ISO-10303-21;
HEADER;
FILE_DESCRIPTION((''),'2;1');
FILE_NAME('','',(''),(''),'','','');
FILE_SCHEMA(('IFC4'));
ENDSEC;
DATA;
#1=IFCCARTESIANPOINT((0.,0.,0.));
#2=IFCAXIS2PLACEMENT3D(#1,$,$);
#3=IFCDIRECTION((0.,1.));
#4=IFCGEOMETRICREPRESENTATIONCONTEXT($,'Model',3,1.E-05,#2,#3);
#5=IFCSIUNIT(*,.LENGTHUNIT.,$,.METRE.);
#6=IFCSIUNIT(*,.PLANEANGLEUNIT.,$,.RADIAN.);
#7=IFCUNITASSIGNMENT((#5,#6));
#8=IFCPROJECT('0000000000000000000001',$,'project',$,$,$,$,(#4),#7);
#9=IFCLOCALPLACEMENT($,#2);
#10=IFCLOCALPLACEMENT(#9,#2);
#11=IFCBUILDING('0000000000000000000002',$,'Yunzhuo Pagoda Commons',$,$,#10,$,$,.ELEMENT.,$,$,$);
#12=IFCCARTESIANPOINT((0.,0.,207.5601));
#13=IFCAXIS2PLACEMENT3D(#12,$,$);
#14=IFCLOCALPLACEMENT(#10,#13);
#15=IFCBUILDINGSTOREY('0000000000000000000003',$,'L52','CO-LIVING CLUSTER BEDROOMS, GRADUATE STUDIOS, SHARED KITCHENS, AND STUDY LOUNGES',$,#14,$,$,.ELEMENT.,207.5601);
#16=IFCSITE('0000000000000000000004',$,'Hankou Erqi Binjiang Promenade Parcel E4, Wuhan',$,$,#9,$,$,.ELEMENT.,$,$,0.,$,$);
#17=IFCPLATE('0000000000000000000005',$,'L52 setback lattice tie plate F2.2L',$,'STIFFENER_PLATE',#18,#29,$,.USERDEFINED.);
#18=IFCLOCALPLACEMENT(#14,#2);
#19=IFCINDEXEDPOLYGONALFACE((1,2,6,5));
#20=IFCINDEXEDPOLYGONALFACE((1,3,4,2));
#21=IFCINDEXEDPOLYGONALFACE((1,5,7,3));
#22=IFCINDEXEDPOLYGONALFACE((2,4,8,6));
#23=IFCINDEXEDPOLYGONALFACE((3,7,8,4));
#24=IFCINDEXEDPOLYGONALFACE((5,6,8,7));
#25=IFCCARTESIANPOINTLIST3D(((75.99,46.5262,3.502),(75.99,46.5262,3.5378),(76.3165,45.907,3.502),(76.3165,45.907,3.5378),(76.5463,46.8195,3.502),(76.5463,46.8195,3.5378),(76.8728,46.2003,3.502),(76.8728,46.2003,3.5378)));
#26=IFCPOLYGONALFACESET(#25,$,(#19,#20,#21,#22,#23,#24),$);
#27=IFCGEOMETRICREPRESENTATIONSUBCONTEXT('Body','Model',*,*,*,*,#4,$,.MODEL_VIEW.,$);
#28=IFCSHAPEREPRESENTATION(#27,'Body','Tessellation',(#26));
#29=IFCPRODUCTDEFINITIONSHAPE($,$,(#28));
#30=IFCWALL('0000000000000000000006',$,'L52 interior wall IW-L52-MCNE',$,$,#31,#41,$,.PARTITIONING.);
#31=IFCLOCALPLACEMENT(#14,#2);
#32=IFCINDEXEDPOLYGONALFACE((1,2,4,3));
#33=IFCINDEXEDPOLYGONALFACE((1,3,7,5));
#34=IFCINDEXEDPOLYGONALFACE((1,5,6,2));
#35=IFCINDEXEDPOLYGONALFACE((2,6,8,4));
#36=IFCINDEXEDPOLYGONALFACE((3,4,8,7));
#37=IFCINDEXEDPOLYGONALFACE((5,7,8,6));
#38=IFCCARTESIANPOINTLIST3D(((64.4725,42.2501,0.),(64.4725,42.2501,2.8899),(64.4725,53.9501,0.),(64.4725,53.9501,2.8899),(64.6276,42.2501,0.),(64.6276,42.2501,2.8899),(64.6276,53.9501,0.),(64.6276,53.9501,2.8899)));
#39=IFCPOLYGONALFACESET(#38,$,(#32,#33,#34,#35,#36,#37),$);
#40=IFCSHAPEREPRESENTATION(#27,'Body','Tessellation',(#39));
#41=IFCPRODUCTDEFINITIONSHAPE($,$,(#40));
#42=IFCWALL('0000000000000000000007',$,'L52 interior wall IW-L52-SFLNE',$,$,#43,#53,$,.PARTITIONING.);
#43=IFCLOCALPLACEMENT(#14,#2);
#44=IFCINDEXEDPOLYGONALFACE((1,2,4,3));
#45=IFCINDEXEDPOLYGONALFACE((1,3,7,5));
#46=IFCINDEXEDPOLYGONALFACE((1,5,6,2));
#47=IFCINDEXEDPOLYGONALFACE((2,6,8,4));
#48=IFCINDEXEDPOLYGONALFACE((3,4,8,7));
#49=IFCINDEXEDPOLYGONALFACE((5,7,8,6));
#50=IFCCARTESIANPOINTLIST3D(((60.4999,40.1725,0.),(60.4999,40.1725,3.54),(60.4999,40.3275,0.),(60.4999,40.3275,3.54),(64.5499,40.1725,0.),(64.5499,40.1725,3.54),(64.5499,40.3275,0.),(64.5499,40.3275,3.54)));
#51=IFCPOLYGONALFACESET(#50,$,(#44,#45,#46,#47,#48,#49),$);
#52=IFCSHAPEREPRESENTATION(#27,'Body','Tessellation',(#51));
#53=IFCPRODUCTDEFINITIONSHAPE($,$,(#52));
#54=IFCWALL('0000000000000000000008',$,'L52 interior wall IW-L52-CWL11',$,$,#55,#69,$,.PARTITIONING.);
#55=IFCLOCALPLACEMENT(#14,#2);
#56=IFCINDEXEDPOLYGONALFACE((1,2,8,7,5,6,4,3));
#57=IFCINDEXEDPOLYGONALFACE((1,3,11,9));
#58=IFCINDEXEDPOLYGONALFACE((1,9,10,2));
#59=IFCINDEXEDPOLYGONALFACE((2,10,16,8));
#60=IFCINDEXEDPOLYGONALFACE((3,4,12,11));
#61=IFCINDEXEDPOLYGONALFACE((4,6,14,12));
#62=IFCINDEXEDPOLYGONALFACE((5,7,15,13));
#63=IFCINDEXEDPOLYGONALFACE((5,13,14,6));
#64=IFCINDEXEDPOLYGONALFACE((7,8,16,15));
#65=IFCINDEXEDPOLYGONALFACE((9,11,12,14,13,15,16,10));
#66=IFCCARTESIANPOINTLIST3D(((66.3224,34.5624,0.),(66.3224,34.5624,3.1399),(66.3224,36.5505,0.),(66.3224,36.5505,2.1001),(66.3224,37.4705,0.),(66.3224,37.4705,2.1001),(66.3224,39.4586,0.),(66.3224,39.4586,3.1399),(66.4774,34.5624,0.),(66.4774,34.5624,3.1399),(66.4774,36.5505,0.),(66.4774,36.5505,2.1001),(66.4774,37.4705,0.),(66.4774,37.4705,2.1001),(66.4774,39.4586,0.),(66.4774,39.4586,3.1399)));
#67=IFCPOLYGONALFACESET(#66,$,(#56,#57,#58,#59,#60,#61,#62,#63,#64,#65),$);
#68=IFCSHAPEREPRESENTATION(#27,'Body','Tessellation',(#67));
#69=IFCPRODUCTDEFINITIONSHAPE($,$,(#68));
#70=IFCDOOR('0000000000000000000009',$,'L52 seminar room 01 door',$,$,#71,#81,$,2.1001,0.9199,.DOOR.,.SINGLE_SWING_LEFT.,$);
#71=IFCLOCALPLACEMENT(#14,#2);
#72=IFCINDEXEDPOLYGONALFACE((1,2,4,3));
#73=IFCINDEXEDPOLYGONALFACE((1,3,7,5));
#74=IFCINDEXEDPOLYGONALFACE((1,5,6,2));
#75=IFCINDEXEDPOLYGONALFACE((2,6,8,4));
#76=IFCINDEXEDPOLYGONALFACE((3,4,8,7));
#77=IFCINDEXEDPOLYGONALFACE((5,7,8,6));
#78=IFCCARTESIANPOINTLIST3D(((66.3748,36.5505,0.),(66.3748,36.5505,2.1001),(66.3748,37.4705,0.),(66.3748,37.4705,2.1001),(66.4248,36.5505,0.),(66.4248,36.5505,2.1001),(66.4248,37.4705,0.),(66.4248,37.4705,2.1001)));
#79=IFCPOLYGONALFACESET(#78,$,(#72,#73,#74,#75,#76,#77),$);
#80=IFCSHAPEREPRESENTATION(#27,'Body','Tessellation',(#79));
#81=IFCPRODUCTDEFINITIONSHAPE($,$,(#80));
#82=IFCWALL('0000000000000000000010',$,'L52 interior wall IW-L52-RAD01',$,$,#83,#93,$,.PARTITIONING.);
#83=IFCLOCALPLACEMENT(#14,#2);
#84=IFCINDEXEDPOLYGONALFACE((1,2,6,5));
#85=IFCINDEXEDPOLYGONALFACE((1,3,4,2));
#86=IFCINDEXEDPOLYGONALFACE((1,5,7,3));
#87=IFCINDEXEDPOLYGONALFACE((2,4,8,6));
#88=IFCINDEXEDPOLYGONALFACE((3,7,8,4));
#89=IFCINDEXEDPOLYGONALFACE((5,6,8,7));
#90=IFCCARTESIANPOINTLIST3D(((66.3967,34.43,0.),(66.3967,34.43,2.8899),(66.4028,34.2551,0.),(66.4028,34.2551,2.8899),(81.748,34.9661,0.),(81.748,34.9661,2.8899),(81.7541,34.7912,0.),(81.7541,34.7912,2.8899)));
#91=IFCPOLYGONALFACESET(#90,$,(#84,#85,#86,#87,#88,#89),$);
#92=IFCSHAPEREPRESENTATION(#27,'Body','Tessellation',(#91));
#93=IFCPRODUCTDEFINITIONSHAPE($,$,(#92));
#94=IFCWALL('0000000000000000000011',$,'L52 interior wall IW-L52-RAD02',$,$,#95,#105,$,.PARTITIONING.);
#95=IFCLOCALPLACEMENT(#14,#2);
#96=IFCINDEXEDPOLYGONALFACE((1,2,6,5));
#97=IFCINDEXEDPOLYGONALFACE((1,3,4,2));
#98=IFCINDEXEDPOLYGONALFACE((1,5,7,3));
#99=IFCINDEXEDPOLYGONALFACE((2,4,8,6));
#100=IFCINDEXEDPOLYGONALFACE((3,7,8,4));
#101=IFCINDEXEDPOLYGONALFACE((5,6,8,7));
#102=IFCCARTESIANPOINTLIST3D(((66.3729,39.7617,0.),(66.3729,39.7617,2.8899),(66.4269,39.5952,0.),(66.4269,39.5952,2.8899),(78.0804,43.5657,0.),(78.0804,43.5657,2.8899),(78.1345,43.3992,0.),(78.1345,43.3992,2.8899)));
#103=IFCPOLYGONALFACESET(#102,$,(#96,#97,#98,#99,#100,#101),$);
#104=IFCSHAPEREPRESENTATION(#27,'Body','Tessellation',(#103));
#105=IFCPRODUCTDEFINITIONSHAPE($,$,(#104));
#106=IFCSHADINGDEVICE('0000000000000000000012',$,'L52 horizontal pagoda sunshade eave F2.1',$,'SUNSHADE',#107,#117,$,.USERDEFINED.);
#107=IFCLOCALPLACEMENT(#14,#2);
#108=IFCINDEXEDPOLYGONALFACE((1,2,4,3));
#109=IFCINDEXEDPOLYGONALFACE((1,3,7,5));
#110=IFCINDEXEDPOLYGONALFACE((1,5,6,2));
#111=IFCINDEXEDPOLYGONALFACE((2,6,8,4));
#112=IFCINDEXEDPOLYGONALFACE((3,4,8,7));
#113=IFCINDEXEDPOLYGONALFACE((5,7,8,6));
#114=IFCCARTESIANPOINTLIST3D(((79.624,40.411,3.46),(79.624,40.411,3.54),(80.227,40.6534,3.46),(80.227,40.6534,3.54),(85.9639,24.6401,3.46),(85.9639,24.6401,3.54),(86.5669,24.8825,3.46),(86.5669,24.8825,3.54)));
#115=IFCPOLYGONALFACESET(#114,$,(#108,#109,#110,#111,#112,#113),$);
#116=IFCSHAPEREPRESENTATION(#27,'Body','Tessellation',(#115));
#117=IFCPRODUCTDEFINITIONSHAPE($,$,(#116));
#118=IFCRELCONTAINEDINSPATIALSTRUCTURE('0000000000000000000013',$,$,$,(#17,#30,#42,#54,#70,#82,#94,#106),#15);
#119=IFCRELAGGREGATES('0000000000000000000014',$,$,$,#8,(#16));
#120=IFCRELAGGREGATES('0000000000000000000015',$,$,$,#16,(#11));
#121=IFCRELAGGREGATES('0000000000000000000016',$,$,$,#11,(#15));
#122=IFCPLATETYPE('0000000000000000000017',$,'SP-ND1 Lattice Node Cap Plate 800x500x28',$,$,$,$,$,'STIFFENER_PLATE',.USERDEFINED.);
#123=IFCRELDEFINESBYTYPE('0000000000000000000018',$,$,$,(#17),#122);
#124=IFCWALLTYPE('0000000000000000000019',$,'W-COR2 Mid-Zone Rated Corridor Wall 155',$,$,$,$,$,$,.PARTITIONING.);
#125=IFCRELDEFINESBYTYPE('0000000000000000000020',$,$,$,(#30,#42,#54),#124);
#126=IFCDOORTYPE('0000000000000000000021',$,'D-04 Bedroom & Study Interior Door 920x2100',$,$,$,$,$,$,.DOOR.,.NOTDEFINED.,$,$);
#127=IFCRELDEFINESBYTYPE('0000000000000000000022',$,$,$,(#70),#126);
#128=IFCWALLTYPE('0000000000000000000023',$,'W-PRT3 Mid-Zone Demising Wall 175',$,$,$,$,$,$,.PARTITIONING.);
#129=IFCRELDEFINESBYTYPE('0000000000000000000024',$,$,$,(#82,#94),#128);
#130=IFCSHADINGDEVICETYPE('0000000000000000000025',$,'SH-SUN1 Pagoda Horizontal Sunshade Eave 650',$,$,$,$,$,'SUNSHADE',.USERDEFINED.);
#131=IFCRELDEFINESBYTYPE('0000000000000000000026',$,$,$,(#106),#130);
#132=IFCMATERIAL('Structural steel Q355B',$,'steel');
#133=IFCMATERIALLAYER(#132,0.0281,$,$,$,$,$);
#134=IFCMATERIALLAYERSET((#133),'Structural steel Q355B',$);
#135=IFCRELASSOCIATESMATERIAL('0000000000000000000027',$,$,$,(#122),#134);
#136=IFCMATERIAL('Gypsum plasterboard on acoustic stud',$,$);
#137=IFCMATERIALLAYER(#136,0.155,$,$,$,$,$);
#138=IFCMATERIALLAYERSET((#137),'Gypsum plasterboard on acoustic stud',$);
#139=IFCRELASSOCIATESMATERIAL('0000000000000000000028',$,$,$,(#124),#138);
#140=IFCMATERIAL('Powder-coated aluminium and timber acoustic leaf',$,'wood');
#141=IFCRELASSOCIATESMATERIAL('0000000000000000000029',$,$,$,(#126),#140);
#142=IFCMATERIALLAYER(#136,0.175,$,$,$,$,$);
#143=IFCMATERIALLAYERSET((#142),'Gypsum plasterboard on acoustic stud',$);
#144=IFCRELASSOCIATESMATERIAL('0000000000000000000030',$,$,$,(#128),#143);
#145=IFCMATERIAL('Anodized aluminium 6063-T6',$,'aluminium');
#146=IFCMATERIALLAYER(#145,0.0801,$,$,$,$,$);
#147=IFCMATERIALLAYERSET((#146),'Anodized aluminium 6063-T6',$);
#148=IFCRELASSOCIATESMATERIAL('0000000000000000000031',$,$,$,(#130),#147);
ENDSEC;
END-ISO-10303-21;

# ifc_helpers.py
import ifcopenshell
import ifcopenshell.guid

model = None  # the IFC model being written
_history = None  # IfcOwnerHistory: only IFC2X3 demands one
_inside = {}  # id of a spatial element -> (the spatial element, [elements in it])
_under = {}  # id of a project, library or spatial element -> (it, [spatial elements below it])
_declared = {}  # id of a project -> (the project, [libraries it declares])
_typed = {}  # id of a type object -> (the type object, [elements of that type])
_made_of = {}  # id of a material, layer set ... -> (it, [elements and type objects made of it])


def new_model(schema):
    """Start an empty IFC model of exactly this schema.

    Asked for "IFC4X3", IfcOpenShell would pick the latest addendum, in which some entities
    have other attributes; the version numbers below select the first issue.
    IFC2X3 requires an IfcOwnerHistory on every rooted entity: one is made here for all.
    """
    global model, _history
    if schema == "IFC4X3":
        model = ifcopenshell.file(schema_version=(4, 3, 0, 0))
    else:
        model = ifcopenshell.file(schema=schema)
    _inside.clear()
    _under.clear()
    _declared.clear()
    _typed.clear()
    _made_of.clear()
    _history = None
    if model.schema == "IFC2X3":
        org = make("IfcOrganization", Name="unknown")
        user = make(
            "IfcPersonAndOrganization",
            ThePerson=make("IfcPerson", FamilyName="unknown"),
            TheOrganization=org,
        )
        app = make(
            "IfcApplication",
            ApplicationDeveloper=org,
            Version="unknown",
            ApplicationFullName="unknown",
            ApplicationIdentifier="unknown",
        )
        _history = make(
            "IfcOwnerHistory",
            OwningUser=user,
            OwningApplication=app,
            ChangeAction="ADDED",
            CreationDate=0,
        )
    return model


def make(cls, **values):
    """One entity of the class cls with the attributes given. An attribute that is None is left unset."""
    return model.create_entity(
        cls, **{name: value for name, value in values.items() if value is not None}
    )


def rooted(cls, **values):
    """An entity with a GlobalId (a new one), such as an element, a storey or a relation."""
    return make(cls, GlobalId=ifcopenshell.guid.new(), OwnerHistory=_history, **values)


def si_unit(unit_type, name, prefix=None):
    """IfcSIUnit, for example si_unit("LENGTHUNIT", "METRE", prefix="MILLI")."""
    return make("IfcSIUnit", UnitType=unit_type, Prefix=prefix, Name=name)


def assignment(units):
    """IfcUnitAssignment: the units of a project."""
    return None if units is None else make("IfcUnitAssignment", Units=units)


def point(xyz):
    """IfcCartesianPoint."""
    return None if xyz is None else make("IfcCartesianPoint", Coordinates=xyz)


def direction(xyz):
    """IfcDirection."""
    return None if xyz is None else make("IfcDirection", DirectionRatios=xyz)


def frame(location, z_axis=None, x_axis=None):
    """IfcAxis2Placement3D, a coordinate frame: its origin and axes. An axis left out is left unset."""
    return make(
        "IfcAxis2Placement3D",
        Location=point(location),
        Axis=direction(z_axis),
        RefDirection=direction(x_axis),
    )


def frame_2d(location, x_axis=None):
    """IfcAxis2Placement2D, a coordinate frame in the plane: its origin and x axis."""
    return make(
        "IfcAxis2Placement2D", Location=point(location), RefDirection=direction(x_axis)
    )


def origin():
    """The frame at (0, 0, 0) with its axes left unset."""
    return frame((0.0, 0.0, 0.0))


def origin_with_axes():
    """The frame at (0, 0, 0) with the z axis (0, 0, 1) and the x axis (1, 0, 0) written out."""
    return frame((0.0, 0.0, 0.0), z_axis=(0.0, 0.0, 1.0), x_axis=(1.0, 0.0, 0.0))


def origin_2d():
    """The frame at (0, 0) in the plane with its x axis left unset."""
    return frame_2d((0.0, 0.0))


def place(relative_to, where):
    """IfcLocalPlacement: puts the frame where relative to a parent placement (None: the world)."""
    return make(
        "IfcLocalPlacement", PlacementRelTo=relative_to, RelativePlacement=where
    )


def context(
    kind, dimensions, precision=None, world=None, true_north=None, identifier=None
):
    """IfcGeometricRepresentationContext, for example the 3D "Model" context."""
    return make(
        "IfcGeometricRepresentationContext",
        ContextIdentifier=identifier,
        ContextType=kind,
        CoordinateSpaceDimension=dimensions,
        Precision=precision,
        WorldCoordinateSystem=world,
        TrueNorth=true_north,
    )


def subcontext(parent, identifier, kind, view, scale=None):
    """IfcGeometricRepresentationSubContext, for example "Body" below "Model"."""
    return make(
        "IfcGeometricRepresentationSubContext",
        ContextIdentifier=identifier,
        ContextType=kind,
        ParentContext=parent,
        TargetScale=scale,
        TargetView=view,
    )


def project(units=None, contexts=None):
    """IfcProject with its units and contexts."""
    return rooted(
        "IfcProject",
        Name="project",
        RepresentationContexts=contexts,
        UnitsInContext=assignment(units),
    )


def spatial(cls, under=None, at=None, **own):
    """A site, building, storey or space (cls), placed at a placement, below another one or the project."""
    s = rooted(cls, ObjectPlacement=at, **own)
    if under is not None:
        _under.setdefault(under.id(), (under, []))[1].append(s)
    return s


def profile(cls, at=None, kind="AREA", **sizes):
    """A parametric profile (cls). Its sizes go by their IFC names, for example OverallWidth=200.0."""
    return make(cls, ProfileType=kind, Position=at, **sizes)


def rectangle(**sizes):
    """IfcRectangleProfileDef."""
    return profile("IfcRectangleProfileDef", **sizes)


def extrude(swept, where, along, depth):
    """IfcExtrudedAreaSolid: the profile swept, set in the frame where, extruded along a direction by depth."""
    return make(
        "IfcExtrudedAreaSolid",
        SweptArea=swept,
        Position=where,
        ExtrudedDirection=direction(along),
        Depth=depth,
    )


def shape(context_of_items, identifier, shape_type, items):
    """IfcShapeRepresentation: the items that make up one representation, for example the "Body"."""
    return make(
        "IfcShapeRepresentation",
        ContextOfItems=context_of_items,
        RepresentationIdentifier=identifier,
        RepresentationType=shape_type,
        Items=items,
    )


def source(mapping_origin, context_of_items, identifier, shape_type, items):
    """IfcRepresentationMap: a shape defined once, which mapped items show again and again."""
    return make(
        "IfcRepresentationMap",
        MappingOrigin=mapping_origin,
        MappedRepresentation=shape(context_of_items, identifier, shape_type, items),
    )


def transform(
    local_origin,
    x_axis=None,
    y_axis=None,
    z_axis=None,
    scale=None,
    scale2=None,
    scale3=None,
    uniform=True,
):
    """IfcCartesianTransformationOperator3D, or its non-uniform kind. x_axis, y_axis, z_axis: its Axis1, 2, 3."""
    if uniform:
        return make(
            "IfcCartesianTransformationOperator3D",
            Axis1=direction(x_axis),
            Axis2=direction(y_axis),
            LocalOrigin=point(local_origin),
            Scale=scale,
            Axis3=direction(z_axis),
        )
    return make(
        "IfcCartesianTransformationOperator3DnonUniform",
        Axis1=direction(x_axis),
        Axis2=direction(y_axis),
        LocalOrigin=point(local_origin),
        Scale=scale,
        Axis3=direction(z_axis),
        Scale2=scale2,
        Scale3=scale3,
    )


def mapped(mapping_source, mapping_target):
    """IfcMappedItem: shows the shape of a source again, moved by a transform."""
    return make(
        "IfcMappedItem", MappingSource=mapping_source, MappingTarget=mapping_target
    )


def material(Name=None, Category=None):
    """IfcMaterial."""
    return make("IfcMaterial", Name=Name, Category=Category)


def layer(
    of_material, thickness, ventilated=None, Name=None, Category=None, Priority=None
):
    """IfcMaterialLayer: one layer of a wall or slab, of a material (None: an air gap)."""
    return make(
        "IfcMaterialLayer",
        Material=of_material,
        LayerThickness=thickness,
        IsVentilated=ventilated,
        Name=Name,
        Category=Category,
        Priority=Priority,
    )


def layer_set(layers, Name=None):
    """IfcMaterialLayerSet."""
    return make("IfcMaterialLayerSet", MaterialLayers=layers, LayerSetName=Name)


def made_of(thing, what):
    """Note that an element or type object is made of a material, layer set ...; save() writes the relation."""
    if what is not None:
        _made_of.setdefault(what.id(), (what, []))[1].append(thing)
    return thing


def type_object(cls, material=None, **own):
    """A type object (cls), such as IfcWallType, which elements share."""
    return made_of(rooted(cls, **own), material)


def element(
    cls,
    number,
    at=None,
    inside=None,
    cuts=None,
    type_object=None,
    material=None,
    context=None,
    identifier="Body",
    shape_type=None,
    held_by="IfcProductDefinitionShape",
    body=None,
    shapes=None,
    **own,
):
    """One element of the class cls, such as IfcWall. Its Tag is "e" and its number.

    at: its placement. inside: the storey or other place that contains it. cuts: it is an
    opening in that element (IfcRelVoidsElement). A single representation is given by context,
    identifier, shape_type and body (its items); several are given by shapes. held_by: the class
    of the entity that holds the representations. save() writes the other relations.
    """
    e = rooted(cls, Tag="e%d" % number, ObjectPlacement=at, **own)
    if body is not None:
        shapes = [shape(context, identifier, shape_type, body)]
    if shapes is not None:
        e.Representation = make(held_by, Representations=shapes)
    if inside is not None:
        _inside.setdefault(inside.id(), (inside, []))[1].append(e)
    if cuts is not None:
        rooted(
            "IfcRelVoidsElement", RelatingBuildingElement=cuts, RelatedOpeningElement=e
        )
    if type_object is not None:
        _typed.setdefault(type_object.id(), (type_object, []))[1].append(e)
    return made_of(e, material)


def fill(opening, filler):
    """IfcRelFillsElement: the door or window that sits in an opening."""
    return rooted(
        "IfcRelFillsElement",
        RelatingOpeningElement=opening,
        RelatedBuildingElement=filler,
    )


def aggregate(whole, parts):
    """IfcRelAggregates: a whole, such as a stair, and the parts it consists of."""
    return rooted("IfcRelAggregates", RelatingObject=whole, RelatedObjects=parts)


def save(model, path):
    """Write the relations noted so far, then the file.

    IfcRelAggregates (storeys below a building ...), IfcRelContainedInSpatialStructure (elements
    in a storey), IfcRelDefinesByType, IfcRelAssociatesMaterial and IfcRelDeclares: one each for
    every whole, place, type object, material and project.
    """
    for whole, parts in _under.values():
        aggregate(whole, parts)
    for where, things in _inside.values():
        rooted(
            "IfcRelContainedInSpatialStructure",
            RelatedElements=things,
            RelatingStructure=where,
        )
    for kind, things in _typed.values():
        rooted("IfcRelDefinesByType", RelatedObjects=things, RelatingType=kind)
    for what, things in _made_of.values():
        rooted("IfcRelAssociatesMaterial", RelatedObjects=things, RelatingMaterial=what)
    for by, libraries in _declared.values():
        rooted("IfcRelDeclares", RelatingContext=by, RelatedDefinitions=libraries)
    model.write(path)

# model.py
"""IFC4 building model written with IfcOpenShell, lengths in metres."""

from ifc_helpers import new_model, si_unit, direction, frame, frame_2d, origin, origin_with_axes, origin_2d, place, context, subcontext, project, spatial, rectangle, extrude, source, transform, mapped, material, layer, layer_set, type_object, element, fill, save


model = new_model("IFC4")

# Units and contexts
model_context = context("Model", 3, precision=1e-05, world=origin(), true_north=direction((0.0, 1.0)))
body_context = subcontext(model_context, "Body", "Model", "MODEL_VIEW")
ifc_project = project(units=[si_unit("LENGTHUNIT", "METRE"), si_unit("PLANEANGLEUNIT", "RADIAN")], contexts=[model_context])

# Site, building, storey
site_placement = place(None, origin())
site = spatial("IfcSite", under=ifc_project, at=site_placement, Name="Hankou Erqi Binjiang Promenade Parcel E4, Wuhan", CompositionType="ELEMENT", RefElevation=0.0)
building_placement = place(site_placement, origin())
building = spatial("IfcBuilding", under=site, at=building_placement, Name="Yunzhuo Pagoda Commons", CompositionType="ELEMENT")
storey_placement = place(building_placement, frame((0.0, 0.0, 207.5601)))
storey = spatial("IfcBuildingStorey", under=building, at=storey_placement, Name="L52", Description="CO-LIVING CLUSTER BEDROOMS, GRADUATE STUDIOS, SHARED KITCHENS, AND STUDY LOUNGES", CompositionType="ELEMENT", Elevation=207.5601)

# Shared definitions
ifc_material_1 = material(Name="Structural steel Q355B", Category="steel")

# Shared definitions
ifc_material_2 = material(Name="Anodized aluminium 6063-T6", Category="aluminium")

# Plate
ifc_layer_1 = layer(ifc_material_1, 0.0281)
ifc_layer_set_1 = layer_set([ifc_layer_1], Name="Structural steel Q355B")
plate_type_1 = type_object("IfcPlateType", Name="SP-ND1 Lattice Node Cap Plate 800x500x28", ElementType="STIFFENER_PLATE", PredefinedType="USERDEFINED", material=ifc_layer_set_1)
shared_shape_1 = source(origin(), body_context, "Body", "SweptSolid", [
    extrude(rectangle(XDim=0.7, YDim=0.6289, at=origin_2d()), origin(), (0.0, 0.0, 1.0), 0.0359),
])
plate_1_placement = place(storey_placement, frame((76.4314, 46.3633, 3.502), z_axis=(0.0, 0.0, 1.0), x_axis=(-0.466371, 0.884589, 0.0)))
element("IfcPlate", 1, at=plate_1_placement, inside=storey, type_object=plate_type_1, Name="L52 setback lattice tie plate F2.2L", ObjectType="STIFFENER_PLATE", PredefinedType="USERDEFINED", context=body_context, shape_type="MappedRepresentation", body=[
    mapped(shared_shape_1, transform((0.0, 0.0, 0.0), scale=1.0)),
])

# Walls
ifc_material_3 = material(Name="Gypsum plasterboard on acoustic stud")
ifc_layer_2 = layer(ifc_material_3, 0.155)
ifc_layer_set_2 = layer_set([ifc_layer_2], Name="Gypsum plasterboard on acoustic stud")
wall_type_1 = type_object("IfcWallType", Name="W-COR2 Mid-Zone Rated Corridor Wall 155", PredefinedType="PARTITIONING", material=ifc_layer_set_2)
wall_1_placement = place(storey_placement, frame((64.55, 42.25, 0.0), z_axis=(0.0, 0.0, 1.0), x_axis=(0.0, 1.0, 0.0)))
element("IfcWall", 2, at=wall_1_placement, inside=storey, type_object=wall_type_1, Name="L52 interior wall IW-L52-MCNE", PredefinedType="PARTITIONING", context=body_context, shape_type="SweptSolid", body=[
    extrude(rectangle(XDim=11.7, YDim=0.155, at=frame_2d((5.8501, 0.0))), origin(), (0.0, 0.0, 1.0), 2.8899),
])
wall_2_placement = place(storey_placement, frame((60.5, 40.25, 0.0), z_axis=(0.0, 0.0, 1.0), x_axis=(1.0, 0.0, 0.0)))
element("IfcWall", 3, at=wall_2_placement, inside=storey, type_object=wall_type_1, Name="L52 interior wall IW-L52-SFLNE", PredefinedType="PARTITIONING", context=body_context, shape_type="SweptSolid", body=[
    extrude(rectangle(XDim=4.05, YDim=0.155, at=frame_2d((2.0249, 0.0))), origin(), (0.0, 0.0, 1.0), 3.54),
])

# Wall, opening, door
wall_3_placement = place(storey_placement, frame((66.3999, 39.4587, 0.0), z_axis=(0.0, 0.0, 1.0), x_axis=(0.0, -1.0, 0.0)))
wall_3 = element("IfcWall", 4, at=wall_3_placement, inside=storey, type_object=wall_type_1, Name="L52 interior wall IW-L52-CWL11", PredefinedType="PARTITIONING", context=body_context, shape_type="SweptSolid", body=[
    extrude(rectangle(XDim=4.8962, YDim=0.155, at=frame_2d((2.4482, 0.0))), origin(), (0.0, 0.0, 1.0), 3.1399),
])
opening_1_placement = place(wall_3_placement, frame((1.9883, 0.0, 0.0)))
opening_1 = element("IfcOpeningElement", 5, at=opening_1_placement, cuts=wall_3, PredefinedType="OPENING", context=body_context, shape_type="SweptSolid", body=[
    extrude(rectangle(XDim=0.9199, YDim=2.1001, at=frame_2d((0.46, 1.05))), frame((0.0, 0.0874, 0.0), z_axis=(0.0, -1.0, 0.0), x_axis=(1.0, 0.0, 0.0)), (0.0, 0.0, 1.0), 0.175),
])
ifc_material_4 = material(Name="Powder-coated aluminium and timber acoustic leaf", Category="wood")
door_type_1 = type_object("IfcDoorType", Name="D-04 Bedroom & Study Interior Door 920x2100", OperationType="NOTDEFINED", PredefinedType="DOOR", material=ifc_material_4)
shared_shape_2 = source(origin(), body_context, "Body", "SweptSolid", [
    extrude(rectangle(XDim=0.9199, YDim=2.1001, at=frame_2d((0.46, 1.05))), frame((0.0, 0.0249, 0.0), z_axis=(0.0, -1.0, 0.0), x_axis=(1.0, 0.0, 0.0)), (0.0, 0.0, 1.0), 0.05),
])
door_1_placement = place(opening_1_placement, origin_with_axes())
door_1 = element("IfcDoor", 6, at=door_1_placement, inside=storey, type_object=door_type_1, Name="L52 seminar room 01 door", OperationType="SINGLE_SWING_LEFT", OverallHeight=2.1001, OverallWidth=0.9199, PredefinedType="DOOR", context=body_context, shape_type="MappedRepresentation", body=[
    mapped(shared_shape_2, transform((0.0, 0.0, 0.0), scale=1.0)),
])
fill(opening_1, door_1)

# Walls
ifc_layer_3 = layer(ifc_material_3, 0.175)
ifc_layer_set_3 = layer_set([ifc_layer_3], Name="Gypsum plasterboard on acoustic stud")
wall_type_2 = type_object("IfcWallType", Name="W-PRT3 Mid-Zone Demising Wall 175", PredefinedType="PARTITIONING", material=ifc_layer_set_3)
wall_4_placement = place(storey_placement, frame((66.3999, 34.3425, 0.0), z_axis=(0.0, 0.0, 1.0), x_axis=(0.999391, 0.034903, 0.0)))
element("IfcWall", 7, at=wall_4_placement, inside=storey, type_object=wall_type_2, Name="L52 interior wall IW-L52-RAD01", PredefinedType="PARTITIONING", context=body_context, shape_type="SweptSolid", body=[
    extrude(rectangle(XDim=15.3606, YDim=0.175, at=frame_2d((7.6802, 0.0))), origin(), (0.0, 0.0, 1.0), 2.8899),
])
wall_5_placement = place(storey_placement, frame((66.3999, 39.6785, 0.0), z_axis=(0.0, 0.0, 1.0), x_axis=(0.951058, 0.309013, 0.0)))
element("IfcWall", 8, at=wall_5_placement, inside=storey, type_object=wall_type_2, Name="L52 interior wall IW-L52-RAD02", PredefinedType="PARTITIONING", context=body_context, shape_type="SweptSolid", body=[
    extrude(rectangle(XDim=12.3101, YDim=0.175, at=frame_2d((6.155, 0.0))), origin(), (0.0, 0.0, 1.0), 2.8899),
])

# Shading device
ifc_layer_4 = layer(ifc_material_2, 0.0801)
ifc_layer_set_4 = layer_set([ifc_layer_4], Name="Anodized aluminium 6063-T6")
shading_device_type = type_object("IfcShadingDeviceType", Name="SH-SUN1 Pagoda Horizontal Sunshade Eave 650", ElementType="SUNSHADE", PredefinedType="USERDEFINED", material=ifc_layer_set_4)
shared_shape_3 = source(origin(), body_context, "Body", "SweptSolid", [
    extrude(rectangle(XDim=16.9976, YDim=0.6499, at=origin_2d()), origin(), (0.0, 0.0, 1.0), 0.0801),
])
shading_device_placement = place(storey_placement, frame((83.0955, 32.6467, 3.46), z_axis=(0.0, 0.0, 1.0), x_axis=(-0.372988, 0.927836, 0.0)))
element("IfcShadingDevice", 9, at=shading_device_placement, inside=storey, type_object=shading_device_type, Name="L52 horizontal pagoda sunshade eave F2.1", ObjectType="SUNSHADE", PredefinedType="USERDEFINED", context=body_context, shape_type="MappedRepresentation", body=[
    mapped(shared_shape_3, transform((0.0, 0.0, 0.0), scale=1.0)),
])

save(model, "model.ifc")
